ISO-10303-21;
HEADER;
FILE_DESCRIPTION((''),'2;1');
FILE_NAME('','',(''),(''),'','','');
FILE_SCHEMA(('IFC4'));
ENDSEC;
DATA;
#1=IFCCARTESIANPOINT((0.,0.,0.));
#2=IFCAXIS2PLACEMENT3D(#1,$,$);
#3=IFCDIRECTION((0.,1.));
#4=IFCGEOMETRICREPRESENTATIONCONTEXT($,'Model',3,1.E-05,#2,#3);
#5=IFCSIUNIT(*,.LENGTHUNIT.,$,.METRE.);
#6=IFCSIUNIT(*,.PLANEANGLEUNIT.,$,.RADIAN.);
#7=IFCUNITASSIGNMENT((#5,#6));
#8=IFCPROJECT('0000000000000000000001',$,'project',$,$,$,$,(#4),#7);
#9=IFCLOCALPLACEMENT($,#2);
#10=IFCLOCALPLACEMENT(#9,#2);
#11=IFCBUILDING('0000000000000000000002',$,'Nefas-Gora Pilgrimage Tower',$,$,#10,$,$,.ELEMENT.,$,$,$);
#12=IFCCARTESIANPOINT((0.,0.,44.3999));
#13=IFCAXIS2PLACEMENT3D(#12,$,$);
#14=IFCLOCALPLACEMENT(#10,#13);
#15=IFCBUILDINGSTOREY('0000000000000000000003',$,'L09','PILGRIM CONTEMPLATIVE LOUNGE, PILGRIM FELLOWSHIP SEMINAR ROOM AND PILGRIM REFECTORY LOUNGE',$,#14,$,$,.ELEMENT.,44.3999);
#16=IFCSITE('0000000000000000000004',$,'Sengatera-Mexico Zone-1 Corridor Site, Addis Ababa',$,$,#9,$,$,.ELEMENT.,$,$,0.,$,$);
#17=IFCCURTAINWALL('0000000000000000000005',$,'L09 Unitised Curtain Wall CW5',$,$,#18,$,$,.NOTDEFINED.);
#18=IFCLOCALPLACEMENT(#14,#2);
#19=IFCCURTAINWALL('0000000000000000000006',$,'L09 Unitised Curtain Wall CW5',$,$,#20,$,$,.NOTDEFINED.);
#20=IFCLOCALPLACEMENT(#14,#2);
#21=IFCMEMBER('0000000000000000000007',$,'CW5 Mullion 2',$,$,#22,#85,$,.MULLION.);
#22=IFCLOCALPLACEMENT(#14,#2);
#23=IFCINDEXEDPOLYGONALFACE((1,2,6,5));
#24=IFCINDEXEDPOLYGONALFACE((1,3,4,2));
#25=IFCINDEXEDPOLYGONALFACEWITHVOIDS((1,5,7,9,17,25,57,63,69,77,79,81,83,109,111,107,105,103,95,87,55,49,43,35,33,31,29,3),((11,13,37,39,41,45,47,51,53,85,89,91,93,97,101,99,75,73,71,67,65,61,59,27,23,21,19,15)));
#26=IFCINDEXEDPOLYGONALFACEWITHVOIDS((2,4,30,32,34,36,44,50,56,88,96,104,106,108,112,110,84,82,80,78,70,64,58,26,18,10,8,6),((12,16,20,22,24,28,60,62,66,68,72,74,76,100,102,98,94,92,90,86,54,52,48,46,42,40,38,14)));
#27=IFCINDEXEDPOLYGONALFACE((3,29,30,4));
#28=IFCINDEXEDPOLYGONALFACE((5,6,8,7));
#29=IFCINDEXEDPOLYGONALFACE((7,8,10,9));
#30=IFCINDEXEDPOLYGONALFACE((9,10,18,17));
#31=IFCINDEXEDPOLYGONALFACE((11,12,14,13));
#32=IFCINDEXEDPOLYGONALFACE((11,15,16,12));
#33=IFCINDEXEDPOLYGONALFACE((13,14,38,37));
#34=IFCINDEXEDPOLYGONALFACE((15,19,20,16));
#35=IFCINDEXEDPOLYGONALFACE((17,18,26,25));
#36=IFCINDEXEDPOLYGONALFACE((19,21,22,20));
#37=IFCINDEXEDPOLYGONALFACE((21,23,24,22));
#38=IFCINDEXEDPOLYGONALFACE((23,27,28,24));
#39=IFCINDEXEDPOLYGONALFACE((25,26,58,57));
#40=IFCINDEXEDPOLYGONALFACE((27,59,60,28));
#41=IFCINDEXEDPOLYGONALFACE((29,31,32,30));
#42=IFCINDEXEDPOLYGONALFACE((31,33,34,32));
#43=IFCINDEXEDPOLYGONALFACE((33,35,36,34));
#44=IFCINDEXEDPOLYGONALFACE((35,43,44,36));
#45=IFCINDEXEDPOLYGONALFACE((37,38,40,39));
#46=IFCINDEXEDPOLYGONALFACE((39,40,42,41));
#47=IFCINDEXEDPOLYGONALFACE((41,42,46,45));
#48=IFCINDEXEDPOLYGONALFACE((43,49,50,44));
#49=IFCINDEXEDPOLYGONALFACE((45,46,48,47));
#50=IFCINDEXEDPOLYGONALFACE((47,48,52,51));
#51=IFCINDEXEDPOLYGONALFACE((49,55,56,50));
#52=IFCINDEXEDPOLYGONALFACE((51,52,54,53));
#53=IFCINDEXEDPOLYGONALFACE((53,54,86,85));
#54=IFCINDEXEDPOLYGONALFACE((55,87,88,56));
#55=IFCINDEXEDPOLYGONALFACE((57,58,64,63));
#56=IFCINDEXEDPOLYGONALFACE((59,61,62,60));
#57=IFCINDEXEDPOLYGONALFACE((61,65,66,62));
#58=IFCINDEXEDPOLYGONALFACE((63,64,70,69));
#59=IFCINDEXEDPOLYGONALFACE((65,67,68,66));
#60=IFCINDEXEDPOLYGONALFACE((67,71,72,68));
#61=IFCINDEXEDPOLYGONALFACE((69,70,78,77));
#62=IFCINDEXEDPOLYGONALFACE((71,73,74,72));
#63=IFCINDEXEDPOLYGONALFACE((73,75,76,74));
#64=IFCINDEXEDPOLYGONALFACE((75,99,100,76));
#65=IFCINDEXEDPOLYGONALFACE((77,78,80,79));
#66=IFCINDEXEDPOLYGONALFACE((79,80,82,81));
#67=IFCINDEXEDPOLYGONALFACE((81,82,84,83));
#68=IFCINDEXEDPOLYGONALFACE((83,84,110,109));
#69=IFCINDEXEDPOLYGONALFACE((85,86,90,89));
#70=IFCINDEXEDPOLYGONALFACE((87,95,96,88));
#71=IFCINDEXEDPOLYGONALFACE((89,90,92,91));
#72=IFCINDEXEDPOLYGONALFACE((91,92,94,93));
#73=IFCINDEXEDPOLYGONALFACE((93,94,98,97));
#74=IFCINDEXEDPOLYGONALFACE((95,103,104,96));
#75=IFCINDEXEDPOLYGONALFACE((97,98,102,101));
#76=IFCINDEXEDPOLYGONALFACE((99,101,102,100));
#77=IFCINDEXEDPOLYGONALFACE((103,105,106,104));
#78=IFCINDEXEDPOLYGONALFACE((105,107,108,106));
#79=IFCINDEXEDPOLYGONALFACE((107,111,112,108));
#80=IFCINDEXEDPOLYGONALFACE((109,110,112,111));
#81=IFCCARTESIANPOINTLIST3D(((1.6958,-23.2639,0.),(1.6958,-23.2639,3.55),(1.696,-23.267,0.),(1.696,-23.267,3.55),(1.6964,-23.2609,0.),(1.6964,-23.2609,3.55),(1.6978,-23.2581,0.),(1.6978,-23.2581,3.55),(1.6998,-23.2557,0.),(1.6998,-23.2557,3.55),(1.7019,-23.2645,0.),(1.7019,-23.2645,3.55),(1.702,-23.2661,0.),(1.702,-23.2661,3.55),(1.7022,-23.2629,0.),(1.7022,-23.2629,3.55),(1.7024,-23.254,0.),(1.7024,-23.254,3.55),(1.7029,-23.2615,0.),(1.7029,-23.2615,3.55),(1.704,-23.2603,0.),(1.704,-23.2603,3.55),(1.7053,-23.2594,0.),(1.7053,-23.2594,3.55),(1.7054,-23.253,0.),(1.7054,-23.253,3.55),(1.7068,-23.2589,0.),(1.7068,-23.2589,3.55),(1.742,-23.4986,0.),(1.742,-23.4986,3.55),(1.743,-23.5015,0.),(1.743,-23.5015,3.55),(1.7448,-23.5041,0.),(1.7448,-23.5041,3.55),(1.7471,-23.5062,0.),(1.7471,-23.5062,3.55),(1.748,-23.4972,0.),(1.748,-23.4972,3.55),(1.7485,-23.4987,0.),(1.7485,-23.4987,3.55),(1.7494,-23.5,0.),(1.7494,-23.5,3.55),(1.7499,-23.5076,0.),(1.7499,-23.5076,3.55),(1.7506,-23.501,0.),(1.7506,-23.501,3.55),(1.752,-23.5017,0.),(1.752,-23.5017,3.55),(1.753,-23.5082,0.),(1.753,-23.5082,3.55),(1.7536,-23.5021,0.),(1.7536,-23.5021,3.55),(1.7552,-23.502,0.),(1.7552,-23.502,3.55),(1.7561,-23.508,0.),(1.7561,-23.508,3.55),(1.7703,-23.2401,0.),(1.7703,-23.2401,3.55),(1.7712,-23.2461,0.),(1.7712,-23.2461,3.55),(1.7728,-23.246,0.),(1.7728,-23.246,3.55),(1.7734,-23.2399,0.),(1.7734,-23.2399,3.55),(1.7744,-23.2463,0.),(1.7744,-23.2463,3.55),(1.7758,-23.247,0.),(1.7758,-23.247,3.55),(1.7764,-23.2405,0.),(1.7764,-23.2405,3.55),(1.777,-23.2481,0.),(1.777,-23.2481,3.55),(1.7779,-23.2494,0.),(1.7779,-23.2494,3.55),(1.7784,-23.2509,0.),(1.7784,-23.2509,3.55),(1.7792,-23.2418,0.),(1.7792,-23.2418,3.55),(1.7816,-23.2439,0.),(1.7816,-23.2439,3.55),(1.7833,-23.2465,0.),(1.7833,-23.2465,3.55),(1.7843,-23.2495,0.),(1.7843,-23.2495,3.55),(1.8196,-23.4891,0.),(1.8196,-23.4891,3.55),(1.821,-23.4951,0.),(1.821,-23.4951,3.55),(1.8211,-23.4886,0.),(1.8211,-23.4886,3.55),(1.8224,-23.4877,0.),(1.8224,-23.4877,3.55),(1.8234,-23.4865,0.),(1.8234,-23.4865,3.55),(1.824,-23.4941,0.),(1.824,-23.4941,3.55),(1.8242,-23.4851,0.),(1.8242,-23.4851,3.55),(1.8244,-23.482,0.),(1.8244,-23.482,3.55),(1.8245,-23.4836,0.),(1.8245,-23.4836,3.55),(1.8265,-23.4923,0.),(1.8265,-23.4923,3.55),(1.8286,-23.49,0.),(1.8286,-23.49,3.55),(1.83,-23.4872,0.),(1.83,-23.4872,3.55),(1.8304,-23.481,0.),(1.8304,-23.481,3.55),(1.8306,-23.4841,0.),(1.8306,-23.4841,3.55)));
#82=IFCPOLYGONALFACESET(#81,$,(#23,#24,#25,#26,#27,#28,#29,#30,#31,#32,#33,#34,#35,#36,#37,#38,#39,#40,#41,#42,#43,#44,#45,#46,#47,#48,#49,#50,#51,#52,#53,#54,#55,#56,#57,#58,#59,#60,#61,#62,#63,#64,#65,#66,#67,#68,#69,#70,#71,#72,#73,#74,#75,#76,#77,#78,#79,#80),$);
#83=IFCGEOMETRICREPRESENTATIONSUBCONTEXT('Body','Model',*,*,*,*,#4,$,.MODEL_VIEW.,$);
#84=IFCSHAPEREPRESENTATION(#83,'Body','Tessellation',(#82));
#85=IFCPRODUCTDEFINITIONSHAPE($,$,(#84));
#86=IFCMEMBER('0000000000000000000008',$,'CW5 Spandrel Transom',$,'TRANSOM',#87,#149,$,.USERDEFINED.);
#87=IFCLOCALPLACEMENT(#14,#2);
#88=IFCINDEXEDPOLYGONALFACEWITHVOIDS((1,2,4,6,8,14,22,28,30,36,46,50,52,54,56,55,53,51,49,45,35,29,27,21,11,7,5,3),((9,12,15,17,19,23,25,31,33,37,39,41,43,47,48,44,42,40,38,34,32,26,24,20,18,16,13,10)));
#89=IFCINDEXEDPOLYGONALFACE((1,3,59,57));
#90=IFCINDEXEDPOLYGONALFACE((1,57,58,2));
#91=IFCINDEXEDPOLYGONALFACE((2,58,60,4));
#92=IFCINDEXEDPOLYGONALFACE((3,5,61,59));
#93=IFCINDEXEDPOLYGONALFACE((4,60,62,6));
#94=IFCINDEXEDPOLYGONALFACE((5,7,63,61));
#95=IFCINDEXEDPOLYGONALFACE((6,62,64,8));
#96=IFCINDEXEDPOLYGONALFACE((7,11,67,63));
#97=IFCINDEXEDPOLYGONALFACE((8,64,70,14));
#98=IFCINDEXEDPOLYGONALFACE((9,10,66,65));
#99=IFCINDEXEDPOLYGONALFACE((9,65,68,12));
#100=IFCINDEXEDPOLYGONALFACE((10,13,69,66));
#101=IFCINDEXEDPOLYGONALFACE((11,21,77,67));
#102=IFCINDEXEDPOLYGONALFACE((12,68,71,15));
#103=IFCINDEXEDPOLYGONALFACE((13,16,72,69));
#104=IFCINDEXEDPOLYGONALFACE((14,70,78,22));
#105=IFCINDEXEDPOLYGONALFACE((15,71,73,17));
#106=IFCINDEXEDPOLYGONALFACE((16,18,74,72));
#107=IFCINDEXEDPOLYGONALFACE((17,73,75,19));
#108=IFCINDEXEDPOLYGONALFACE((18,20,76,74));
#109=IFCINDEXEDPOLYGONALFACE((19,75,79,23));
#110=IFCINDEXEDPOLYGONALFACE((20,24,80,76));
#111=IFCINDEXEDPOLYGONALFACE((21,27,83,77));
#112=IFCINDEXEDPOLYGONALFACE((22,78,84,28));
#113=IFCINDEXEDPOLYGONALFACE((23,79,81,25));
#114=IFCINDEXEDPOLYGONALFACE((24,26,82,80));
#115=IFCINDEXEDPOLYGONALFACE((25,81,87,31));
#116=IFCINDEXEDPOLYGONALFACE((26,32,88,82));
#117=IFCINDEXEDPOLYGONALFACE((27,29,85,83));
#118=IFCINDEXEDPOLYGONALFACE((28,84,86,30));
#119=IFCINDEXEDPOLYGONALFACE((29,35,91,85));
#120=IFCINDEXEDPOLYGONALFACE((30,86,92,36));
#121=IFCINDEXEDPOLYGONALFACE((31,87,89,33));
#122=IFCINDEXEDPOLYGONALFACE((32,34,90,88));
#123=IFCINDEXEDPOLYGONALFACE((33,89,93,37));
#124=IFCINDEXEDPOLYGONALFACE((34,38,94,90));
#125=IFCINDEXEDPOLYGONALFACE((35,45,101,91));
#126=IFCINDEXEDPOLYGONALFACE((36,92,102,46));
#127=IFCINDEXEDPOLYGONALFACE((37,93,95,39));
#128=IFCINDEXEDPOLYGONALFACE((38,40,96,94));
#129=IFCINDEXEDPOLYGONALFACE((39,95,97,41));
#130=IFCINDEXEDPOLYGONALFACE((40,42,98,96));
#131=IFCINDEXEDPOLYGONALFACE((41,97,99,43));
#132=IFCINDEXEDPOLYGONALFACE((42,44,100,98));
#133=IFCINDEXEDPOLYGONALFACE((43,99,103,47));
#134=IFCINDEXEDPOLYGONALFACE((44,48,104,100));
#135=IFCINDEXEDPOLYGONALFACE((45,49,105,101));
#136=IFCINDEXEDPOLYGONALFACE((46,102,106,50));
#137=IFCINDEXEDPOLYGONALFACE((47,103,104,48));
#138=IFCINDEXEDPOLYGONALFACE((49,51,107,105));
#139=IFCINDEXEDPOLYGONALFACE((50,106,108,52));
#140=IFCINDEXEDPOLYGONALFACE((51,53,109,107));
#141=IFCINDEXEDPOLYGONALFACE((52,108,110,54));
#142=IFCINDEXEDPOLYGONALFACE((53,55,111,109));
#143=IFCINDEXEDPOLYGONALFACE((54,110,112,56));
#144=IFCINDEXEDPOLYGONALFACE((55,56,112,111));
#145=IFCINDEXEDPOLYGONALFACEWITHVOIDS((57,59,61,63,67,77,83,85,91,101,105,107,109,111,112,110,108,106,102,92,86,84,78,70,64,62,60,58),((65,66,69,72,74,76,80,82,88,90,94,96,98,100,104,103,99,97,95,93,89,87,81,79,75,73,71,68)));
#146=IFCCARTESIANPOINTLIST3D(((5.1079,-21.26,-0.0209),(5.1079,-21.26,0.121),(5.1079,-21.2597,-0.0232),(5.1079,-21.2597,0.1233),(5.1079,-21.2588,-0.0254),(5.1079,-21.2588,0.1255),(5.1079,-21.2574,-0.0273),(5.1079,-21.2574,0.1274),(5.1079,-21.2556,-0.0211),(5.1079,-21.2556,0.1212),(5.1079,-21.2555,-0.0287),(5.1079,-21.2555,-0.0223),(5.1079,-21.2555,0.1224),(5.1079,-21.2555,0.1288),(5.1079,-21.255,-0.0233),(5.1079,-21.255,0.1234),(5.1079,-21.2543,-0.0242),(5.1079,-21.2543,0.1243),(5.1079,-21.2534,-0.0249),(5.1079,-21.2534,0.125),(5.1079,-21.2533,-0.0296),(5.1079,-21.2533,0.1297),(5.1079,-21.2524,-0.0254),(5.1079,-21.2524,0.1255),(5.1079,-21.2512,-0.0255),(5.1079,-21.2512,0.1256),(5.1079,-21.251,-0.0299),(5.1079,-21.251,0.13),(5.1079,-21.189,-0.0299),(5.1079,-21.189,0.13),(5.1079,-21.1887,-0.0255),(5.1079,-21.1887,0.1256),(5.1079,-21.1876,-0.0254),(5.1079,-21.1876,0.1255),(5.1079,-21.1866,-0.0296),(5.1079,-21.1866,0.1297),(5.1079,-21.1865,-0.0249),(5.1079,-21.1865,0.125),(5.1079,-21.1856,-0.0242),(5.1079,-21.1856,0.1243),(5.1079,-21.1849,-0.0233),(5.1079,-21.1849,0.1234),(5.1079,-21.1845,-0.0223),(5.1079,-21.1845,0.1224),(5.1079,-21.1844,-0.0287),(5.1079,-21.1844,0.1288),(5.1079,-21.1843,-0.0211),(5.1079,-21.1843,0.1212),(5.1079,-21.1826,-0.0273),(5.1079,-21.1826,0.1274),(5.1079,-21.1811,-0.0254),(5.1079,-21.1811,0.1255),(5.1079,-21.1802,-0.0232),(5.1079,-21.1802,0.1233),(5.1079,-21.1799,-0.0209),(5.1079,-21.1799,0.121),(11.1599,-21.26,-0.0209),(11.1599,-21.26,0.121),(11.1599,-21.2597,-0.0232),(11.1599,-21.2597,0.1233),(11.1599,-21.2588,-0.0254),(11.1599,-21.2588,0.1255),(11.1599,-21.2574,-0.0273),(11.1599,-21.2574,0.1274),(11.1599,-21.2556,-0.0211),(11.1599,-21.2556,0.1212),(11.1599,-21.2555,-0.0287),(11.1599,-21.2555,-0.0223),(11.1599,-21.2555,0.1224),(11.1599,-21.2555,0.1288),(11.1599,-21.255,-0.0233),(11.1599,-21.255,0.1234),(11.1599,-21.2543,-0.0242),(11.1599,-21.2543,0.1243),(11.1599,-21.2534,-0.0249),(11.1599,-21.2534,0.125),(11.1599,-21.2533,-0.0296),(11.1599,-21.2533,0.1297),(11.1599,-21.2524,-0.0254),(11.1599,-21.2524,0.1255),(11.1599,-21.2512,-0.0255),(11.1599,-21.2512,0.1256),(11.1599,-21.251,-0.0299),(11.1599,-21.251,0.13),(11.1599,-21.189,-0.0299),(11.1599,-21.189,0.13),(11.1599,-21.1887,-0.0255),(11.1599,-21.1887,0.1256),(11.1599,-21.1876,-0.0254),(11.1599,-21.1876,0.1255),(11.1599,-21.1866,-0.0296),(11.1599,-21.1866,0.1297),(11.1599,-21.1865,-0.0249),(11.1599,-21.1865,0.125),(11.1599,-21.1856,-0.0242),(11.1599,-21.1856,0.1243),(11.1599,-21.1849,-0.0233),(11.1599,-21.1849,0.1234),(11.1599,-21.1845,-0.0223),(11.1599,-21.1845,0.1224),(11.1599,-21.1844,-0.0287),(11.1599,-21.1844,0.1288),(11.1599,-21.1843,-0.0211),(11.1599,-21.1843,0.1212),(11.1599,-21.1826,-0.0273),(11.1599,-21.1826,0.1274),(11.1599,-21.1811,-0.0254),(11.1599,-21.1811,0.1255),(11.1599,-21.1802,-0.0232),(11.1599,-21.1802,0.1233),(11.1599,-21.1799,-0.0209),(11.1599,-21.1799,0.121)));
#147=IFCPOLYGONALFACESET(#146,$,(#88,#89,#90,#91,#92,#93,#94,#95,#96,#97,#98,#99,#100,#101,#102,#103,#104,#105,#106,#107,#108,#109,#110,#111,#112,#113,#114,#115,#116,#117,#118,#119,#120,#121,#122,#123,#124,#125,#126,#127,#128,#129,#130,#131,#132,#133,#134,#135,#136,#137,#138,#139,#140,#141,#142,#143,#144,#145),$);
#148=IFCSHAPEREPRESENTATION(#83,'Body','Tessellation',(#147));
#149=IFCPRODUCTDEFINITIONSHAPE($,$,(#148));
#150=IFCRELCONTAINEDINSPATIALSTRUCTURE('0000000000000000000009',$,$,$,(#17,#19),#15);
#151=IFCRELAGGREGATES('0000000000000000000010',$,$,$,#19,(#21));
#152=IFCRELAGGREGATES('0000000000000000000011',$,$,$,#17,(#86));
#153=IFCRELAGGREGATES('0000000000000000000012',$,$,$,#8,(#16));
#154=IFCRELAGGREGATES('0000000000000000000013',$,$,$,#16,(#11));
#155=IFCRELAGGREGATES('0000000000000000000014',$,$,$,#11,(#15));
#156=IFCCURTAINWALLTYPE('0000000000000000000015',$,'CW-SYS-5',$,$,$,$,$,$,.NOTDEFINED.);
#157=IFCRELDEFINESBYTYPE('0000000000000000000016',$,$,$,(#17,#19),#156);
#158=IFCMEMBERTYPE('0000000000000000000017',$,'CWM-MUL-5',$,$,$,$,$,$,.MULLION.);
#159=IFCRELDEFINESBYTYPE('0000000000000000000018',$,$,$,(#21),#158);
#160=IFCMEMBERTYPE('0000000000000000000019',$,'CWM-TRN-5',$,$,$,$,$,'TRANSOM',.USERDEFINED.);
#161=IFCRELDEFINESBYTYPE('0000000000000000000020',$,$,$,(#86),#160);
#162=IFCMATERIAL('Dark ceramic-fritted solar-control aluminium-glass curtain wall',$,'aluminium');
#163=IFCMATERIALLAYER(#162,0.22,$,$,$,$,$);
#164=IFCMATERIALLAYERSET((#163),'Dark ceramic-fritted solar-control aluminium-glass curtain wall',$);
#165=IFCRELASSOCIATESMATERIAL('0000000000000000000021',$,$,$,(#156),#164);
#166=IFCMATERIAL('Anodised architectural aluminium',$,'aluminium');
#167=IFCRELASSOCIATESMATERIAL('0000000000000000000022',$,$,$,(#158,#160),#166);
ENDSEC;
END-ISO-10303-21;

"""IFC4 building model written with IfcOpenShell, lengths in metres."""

from ifc_helpers import new_model, si_unit, direction, frame, origin, origin_2d, place, context, subcontext, project, spatial, hollow_rectangle, extrude, source, transform, mapped, material, layer, layer_set, material_profile, profile_set, type_object, element, aggregate, save


model = new_model("IFC4")

# Units and contexts
model_context = context("Model", 3, precision=1e-05, world=origin(), true_north=direction((0.0, 1.0)))
body_context = subcontext(model_context, "Body", "Model", "MODEL_VIEW")
ifc_project = project(units=[si_unit("LENGTHUNIT", "METRE"), si_unit("PLANEANGLEUNIT", "RADIAN")], contexts=[model_context])

# Site, building, storey
site_placement = place(None, origin())
site = spatial("IfcSite", under=ifc_project, at=site_placement, Name="Sengatera-Mexico Zone-1 Corridor Site, Addis Ababa", CompositionType="ELEMENT", RefElevation=0.0)
building_placement = place(site_placement, origin())
building = spatial("IfcBuilding", under=site, at=building_placement, Name="Nefas-Gora Pilgrimage Tower", CompositionType="ELEMENT")
storey_placement = place(building_placement, frame((0.0, 0.0, 44.3999)))
storey = spatial("IfcBuildingStorey", under=building, at=storey_placement, Name="L09", Description="PILGRIM CONTEMPLATIVE LOUNGE, PILGRIM FELLOWSHIP SEMINAR ROOM AND PILGRIM REFECTORY LOUNGE", CompositionType="ELEMENT", Elevation=44.3999)

# Curtain wall
ifc_material_1 = material(Name="Dark ceramic-fritted solar-control aluminium-glass curtain wall", Category="aluminium")
ifc_layer_1 = layer(ifc_material_1, 0.22)
ifc_layer_set_1 = layer_set([ifc_layer_1], Name="Dark ceramic-fritted solar-control aluminium-glass curtain wall")
curtain_wall_type_1 = type_object("IfcCurtainWallType", Name="CW-SYS-5", PredefinedType="NOTDEFINED", material=ifc_layer_set_1)
curtain_wall_1_placement = place(storey_placement, origin())
curtain_wall_1 = element("IfcCurtainWall", 1, at=curtain_wall_1_placement, inside=storey, type_object=curtain_wall_type_1, Name="L09 Unitised Curtain Wall CW5", PredefinedType="NOTDEFINED")
ifc_material_2 = material(Name="Anodised architectural aluminium", Category="aluminium")
ifc_material_profile_1 = material_profile(ifc_material_2, hollow_rectangle(XDim=0.0901, YDim=0.26, WallThickness=0.0061, InnerFilletRadius=0.0061, OuterFilletRadius=0.012, at=origin_2d()), Name="ALU MULLION 90x260")
ifc_profile_set_1 = profile_set([ifc_material_profile_1], Name="Anodised architectural aluminium")
member_type_1 = type_object("IfcMemberType", Name="CWM-MUL-5", PredefinedType="MULLION", material=ifc_profile_set_1)
shared_shape_1 = source(origin(), body_context, "Body", "SweptSolid", [
    extrude(hollow_rectangle(XDim=0.0901, YDim=0.26, WallThickness=0.0061, InnerFilletRadius=0.0061, OuterFilletRadius=0.012, at=origin_2d()), origin(), (0.0, 0.0, 1.0), 3.55),
])

# Curtain wall, member
curtain_wall_2_placement = place(storey_placement, origin())
curtain_wall_2 = element("IfcCurtainWall", 2, at=curtain_wall_2_placement, inside=storey, type_object=curtain_wall_type_1, Name="L09 Unitised Curtain Wall CW5", PredefinedType="NOTDEFINED")
member_1_placement = place(storey_placement, frame((1.7632, -23.374, 0.0), z_axis=(0.0, 0.0, 1.0), x_axis=(0.980783, 0.195102, 0.0)))
member_1 = element("IfcMember", 3, at=member_1_placement, type_object=member_type_1, Name="CW5 Mullion 2", PredefinedType="MULLION", context=body_context, shape_type="MappedRepresentation", body=[
    mapped(shared_shape_1, transform((0.0, 0.0, 0.0), x_axis=(1.0, 0.0, 0.0), y_axis=(0.0, 1.0, 0.0), z_axis=(0.0, 0.0, 1.0), scale=1.0)),
])
aggregate(curtain_wall_2, [member_1])

# Member
ifc_material_profile_2 = material_profile(ifc_material_2, hollow_rectangle(XDim=0.0801, YDim=0.1599, WallThickness=0.0044, InnerFilletRadius=0.0044, OuterFilletRadius=0.009, at=origin_2d()), Name="ALU TRANSOM 80x160")
ifc_profile_set_2 = profile_set([ifc_material_profile_2], Name="Anodised architectural aluminium")
member_type_2 = type_object("IfcMemberType", Name="CWM-TRN-5", ElementType="TRANSOM", PredefinedType="USERDEFINED", material=ifc_profile_set_2)
shared_shape_2 = source(origin(), body_context, "Body", "SweptSolid", [
    extrude(hollow_rectangle(XDim=0.0801, YDim=0.1599, WallThickness=0.0044, InnerFilletRadius=0.0044, OuterFilletRadius=0.009, at=origin_2d()), origin(), (0.0, 0.0, 1.0), 6.052),
])
member_2_placement = place(storey_placement, frame((5.1079, -21.22, 0.05), z_axis=(1.0, 0.0, 0.0), x_axis=(0.0, 1.0, 0.0)))
member_2 = element("IfcMember", 4, at=member_2_placement, type_object=member_type_2, Name="CW5 Spandrel Transom", ObjectType="TRANSOM", PredefinedType="USERDEFINED", context=body_context, shape_type="MappedRepresentation", body=[
    mapped(shared_shape_2, transform((0.0, 0.0, 0.0), x_axis=(1.0, 0.0, 0.0), y_axis=(0.0, 1.0, 0.0), z_axis=(0.0, 0.0, 1.0), scale=1.0)),
])

aggregate(curtain_wall_1, [member_2])

save(model, "model.ifc")
